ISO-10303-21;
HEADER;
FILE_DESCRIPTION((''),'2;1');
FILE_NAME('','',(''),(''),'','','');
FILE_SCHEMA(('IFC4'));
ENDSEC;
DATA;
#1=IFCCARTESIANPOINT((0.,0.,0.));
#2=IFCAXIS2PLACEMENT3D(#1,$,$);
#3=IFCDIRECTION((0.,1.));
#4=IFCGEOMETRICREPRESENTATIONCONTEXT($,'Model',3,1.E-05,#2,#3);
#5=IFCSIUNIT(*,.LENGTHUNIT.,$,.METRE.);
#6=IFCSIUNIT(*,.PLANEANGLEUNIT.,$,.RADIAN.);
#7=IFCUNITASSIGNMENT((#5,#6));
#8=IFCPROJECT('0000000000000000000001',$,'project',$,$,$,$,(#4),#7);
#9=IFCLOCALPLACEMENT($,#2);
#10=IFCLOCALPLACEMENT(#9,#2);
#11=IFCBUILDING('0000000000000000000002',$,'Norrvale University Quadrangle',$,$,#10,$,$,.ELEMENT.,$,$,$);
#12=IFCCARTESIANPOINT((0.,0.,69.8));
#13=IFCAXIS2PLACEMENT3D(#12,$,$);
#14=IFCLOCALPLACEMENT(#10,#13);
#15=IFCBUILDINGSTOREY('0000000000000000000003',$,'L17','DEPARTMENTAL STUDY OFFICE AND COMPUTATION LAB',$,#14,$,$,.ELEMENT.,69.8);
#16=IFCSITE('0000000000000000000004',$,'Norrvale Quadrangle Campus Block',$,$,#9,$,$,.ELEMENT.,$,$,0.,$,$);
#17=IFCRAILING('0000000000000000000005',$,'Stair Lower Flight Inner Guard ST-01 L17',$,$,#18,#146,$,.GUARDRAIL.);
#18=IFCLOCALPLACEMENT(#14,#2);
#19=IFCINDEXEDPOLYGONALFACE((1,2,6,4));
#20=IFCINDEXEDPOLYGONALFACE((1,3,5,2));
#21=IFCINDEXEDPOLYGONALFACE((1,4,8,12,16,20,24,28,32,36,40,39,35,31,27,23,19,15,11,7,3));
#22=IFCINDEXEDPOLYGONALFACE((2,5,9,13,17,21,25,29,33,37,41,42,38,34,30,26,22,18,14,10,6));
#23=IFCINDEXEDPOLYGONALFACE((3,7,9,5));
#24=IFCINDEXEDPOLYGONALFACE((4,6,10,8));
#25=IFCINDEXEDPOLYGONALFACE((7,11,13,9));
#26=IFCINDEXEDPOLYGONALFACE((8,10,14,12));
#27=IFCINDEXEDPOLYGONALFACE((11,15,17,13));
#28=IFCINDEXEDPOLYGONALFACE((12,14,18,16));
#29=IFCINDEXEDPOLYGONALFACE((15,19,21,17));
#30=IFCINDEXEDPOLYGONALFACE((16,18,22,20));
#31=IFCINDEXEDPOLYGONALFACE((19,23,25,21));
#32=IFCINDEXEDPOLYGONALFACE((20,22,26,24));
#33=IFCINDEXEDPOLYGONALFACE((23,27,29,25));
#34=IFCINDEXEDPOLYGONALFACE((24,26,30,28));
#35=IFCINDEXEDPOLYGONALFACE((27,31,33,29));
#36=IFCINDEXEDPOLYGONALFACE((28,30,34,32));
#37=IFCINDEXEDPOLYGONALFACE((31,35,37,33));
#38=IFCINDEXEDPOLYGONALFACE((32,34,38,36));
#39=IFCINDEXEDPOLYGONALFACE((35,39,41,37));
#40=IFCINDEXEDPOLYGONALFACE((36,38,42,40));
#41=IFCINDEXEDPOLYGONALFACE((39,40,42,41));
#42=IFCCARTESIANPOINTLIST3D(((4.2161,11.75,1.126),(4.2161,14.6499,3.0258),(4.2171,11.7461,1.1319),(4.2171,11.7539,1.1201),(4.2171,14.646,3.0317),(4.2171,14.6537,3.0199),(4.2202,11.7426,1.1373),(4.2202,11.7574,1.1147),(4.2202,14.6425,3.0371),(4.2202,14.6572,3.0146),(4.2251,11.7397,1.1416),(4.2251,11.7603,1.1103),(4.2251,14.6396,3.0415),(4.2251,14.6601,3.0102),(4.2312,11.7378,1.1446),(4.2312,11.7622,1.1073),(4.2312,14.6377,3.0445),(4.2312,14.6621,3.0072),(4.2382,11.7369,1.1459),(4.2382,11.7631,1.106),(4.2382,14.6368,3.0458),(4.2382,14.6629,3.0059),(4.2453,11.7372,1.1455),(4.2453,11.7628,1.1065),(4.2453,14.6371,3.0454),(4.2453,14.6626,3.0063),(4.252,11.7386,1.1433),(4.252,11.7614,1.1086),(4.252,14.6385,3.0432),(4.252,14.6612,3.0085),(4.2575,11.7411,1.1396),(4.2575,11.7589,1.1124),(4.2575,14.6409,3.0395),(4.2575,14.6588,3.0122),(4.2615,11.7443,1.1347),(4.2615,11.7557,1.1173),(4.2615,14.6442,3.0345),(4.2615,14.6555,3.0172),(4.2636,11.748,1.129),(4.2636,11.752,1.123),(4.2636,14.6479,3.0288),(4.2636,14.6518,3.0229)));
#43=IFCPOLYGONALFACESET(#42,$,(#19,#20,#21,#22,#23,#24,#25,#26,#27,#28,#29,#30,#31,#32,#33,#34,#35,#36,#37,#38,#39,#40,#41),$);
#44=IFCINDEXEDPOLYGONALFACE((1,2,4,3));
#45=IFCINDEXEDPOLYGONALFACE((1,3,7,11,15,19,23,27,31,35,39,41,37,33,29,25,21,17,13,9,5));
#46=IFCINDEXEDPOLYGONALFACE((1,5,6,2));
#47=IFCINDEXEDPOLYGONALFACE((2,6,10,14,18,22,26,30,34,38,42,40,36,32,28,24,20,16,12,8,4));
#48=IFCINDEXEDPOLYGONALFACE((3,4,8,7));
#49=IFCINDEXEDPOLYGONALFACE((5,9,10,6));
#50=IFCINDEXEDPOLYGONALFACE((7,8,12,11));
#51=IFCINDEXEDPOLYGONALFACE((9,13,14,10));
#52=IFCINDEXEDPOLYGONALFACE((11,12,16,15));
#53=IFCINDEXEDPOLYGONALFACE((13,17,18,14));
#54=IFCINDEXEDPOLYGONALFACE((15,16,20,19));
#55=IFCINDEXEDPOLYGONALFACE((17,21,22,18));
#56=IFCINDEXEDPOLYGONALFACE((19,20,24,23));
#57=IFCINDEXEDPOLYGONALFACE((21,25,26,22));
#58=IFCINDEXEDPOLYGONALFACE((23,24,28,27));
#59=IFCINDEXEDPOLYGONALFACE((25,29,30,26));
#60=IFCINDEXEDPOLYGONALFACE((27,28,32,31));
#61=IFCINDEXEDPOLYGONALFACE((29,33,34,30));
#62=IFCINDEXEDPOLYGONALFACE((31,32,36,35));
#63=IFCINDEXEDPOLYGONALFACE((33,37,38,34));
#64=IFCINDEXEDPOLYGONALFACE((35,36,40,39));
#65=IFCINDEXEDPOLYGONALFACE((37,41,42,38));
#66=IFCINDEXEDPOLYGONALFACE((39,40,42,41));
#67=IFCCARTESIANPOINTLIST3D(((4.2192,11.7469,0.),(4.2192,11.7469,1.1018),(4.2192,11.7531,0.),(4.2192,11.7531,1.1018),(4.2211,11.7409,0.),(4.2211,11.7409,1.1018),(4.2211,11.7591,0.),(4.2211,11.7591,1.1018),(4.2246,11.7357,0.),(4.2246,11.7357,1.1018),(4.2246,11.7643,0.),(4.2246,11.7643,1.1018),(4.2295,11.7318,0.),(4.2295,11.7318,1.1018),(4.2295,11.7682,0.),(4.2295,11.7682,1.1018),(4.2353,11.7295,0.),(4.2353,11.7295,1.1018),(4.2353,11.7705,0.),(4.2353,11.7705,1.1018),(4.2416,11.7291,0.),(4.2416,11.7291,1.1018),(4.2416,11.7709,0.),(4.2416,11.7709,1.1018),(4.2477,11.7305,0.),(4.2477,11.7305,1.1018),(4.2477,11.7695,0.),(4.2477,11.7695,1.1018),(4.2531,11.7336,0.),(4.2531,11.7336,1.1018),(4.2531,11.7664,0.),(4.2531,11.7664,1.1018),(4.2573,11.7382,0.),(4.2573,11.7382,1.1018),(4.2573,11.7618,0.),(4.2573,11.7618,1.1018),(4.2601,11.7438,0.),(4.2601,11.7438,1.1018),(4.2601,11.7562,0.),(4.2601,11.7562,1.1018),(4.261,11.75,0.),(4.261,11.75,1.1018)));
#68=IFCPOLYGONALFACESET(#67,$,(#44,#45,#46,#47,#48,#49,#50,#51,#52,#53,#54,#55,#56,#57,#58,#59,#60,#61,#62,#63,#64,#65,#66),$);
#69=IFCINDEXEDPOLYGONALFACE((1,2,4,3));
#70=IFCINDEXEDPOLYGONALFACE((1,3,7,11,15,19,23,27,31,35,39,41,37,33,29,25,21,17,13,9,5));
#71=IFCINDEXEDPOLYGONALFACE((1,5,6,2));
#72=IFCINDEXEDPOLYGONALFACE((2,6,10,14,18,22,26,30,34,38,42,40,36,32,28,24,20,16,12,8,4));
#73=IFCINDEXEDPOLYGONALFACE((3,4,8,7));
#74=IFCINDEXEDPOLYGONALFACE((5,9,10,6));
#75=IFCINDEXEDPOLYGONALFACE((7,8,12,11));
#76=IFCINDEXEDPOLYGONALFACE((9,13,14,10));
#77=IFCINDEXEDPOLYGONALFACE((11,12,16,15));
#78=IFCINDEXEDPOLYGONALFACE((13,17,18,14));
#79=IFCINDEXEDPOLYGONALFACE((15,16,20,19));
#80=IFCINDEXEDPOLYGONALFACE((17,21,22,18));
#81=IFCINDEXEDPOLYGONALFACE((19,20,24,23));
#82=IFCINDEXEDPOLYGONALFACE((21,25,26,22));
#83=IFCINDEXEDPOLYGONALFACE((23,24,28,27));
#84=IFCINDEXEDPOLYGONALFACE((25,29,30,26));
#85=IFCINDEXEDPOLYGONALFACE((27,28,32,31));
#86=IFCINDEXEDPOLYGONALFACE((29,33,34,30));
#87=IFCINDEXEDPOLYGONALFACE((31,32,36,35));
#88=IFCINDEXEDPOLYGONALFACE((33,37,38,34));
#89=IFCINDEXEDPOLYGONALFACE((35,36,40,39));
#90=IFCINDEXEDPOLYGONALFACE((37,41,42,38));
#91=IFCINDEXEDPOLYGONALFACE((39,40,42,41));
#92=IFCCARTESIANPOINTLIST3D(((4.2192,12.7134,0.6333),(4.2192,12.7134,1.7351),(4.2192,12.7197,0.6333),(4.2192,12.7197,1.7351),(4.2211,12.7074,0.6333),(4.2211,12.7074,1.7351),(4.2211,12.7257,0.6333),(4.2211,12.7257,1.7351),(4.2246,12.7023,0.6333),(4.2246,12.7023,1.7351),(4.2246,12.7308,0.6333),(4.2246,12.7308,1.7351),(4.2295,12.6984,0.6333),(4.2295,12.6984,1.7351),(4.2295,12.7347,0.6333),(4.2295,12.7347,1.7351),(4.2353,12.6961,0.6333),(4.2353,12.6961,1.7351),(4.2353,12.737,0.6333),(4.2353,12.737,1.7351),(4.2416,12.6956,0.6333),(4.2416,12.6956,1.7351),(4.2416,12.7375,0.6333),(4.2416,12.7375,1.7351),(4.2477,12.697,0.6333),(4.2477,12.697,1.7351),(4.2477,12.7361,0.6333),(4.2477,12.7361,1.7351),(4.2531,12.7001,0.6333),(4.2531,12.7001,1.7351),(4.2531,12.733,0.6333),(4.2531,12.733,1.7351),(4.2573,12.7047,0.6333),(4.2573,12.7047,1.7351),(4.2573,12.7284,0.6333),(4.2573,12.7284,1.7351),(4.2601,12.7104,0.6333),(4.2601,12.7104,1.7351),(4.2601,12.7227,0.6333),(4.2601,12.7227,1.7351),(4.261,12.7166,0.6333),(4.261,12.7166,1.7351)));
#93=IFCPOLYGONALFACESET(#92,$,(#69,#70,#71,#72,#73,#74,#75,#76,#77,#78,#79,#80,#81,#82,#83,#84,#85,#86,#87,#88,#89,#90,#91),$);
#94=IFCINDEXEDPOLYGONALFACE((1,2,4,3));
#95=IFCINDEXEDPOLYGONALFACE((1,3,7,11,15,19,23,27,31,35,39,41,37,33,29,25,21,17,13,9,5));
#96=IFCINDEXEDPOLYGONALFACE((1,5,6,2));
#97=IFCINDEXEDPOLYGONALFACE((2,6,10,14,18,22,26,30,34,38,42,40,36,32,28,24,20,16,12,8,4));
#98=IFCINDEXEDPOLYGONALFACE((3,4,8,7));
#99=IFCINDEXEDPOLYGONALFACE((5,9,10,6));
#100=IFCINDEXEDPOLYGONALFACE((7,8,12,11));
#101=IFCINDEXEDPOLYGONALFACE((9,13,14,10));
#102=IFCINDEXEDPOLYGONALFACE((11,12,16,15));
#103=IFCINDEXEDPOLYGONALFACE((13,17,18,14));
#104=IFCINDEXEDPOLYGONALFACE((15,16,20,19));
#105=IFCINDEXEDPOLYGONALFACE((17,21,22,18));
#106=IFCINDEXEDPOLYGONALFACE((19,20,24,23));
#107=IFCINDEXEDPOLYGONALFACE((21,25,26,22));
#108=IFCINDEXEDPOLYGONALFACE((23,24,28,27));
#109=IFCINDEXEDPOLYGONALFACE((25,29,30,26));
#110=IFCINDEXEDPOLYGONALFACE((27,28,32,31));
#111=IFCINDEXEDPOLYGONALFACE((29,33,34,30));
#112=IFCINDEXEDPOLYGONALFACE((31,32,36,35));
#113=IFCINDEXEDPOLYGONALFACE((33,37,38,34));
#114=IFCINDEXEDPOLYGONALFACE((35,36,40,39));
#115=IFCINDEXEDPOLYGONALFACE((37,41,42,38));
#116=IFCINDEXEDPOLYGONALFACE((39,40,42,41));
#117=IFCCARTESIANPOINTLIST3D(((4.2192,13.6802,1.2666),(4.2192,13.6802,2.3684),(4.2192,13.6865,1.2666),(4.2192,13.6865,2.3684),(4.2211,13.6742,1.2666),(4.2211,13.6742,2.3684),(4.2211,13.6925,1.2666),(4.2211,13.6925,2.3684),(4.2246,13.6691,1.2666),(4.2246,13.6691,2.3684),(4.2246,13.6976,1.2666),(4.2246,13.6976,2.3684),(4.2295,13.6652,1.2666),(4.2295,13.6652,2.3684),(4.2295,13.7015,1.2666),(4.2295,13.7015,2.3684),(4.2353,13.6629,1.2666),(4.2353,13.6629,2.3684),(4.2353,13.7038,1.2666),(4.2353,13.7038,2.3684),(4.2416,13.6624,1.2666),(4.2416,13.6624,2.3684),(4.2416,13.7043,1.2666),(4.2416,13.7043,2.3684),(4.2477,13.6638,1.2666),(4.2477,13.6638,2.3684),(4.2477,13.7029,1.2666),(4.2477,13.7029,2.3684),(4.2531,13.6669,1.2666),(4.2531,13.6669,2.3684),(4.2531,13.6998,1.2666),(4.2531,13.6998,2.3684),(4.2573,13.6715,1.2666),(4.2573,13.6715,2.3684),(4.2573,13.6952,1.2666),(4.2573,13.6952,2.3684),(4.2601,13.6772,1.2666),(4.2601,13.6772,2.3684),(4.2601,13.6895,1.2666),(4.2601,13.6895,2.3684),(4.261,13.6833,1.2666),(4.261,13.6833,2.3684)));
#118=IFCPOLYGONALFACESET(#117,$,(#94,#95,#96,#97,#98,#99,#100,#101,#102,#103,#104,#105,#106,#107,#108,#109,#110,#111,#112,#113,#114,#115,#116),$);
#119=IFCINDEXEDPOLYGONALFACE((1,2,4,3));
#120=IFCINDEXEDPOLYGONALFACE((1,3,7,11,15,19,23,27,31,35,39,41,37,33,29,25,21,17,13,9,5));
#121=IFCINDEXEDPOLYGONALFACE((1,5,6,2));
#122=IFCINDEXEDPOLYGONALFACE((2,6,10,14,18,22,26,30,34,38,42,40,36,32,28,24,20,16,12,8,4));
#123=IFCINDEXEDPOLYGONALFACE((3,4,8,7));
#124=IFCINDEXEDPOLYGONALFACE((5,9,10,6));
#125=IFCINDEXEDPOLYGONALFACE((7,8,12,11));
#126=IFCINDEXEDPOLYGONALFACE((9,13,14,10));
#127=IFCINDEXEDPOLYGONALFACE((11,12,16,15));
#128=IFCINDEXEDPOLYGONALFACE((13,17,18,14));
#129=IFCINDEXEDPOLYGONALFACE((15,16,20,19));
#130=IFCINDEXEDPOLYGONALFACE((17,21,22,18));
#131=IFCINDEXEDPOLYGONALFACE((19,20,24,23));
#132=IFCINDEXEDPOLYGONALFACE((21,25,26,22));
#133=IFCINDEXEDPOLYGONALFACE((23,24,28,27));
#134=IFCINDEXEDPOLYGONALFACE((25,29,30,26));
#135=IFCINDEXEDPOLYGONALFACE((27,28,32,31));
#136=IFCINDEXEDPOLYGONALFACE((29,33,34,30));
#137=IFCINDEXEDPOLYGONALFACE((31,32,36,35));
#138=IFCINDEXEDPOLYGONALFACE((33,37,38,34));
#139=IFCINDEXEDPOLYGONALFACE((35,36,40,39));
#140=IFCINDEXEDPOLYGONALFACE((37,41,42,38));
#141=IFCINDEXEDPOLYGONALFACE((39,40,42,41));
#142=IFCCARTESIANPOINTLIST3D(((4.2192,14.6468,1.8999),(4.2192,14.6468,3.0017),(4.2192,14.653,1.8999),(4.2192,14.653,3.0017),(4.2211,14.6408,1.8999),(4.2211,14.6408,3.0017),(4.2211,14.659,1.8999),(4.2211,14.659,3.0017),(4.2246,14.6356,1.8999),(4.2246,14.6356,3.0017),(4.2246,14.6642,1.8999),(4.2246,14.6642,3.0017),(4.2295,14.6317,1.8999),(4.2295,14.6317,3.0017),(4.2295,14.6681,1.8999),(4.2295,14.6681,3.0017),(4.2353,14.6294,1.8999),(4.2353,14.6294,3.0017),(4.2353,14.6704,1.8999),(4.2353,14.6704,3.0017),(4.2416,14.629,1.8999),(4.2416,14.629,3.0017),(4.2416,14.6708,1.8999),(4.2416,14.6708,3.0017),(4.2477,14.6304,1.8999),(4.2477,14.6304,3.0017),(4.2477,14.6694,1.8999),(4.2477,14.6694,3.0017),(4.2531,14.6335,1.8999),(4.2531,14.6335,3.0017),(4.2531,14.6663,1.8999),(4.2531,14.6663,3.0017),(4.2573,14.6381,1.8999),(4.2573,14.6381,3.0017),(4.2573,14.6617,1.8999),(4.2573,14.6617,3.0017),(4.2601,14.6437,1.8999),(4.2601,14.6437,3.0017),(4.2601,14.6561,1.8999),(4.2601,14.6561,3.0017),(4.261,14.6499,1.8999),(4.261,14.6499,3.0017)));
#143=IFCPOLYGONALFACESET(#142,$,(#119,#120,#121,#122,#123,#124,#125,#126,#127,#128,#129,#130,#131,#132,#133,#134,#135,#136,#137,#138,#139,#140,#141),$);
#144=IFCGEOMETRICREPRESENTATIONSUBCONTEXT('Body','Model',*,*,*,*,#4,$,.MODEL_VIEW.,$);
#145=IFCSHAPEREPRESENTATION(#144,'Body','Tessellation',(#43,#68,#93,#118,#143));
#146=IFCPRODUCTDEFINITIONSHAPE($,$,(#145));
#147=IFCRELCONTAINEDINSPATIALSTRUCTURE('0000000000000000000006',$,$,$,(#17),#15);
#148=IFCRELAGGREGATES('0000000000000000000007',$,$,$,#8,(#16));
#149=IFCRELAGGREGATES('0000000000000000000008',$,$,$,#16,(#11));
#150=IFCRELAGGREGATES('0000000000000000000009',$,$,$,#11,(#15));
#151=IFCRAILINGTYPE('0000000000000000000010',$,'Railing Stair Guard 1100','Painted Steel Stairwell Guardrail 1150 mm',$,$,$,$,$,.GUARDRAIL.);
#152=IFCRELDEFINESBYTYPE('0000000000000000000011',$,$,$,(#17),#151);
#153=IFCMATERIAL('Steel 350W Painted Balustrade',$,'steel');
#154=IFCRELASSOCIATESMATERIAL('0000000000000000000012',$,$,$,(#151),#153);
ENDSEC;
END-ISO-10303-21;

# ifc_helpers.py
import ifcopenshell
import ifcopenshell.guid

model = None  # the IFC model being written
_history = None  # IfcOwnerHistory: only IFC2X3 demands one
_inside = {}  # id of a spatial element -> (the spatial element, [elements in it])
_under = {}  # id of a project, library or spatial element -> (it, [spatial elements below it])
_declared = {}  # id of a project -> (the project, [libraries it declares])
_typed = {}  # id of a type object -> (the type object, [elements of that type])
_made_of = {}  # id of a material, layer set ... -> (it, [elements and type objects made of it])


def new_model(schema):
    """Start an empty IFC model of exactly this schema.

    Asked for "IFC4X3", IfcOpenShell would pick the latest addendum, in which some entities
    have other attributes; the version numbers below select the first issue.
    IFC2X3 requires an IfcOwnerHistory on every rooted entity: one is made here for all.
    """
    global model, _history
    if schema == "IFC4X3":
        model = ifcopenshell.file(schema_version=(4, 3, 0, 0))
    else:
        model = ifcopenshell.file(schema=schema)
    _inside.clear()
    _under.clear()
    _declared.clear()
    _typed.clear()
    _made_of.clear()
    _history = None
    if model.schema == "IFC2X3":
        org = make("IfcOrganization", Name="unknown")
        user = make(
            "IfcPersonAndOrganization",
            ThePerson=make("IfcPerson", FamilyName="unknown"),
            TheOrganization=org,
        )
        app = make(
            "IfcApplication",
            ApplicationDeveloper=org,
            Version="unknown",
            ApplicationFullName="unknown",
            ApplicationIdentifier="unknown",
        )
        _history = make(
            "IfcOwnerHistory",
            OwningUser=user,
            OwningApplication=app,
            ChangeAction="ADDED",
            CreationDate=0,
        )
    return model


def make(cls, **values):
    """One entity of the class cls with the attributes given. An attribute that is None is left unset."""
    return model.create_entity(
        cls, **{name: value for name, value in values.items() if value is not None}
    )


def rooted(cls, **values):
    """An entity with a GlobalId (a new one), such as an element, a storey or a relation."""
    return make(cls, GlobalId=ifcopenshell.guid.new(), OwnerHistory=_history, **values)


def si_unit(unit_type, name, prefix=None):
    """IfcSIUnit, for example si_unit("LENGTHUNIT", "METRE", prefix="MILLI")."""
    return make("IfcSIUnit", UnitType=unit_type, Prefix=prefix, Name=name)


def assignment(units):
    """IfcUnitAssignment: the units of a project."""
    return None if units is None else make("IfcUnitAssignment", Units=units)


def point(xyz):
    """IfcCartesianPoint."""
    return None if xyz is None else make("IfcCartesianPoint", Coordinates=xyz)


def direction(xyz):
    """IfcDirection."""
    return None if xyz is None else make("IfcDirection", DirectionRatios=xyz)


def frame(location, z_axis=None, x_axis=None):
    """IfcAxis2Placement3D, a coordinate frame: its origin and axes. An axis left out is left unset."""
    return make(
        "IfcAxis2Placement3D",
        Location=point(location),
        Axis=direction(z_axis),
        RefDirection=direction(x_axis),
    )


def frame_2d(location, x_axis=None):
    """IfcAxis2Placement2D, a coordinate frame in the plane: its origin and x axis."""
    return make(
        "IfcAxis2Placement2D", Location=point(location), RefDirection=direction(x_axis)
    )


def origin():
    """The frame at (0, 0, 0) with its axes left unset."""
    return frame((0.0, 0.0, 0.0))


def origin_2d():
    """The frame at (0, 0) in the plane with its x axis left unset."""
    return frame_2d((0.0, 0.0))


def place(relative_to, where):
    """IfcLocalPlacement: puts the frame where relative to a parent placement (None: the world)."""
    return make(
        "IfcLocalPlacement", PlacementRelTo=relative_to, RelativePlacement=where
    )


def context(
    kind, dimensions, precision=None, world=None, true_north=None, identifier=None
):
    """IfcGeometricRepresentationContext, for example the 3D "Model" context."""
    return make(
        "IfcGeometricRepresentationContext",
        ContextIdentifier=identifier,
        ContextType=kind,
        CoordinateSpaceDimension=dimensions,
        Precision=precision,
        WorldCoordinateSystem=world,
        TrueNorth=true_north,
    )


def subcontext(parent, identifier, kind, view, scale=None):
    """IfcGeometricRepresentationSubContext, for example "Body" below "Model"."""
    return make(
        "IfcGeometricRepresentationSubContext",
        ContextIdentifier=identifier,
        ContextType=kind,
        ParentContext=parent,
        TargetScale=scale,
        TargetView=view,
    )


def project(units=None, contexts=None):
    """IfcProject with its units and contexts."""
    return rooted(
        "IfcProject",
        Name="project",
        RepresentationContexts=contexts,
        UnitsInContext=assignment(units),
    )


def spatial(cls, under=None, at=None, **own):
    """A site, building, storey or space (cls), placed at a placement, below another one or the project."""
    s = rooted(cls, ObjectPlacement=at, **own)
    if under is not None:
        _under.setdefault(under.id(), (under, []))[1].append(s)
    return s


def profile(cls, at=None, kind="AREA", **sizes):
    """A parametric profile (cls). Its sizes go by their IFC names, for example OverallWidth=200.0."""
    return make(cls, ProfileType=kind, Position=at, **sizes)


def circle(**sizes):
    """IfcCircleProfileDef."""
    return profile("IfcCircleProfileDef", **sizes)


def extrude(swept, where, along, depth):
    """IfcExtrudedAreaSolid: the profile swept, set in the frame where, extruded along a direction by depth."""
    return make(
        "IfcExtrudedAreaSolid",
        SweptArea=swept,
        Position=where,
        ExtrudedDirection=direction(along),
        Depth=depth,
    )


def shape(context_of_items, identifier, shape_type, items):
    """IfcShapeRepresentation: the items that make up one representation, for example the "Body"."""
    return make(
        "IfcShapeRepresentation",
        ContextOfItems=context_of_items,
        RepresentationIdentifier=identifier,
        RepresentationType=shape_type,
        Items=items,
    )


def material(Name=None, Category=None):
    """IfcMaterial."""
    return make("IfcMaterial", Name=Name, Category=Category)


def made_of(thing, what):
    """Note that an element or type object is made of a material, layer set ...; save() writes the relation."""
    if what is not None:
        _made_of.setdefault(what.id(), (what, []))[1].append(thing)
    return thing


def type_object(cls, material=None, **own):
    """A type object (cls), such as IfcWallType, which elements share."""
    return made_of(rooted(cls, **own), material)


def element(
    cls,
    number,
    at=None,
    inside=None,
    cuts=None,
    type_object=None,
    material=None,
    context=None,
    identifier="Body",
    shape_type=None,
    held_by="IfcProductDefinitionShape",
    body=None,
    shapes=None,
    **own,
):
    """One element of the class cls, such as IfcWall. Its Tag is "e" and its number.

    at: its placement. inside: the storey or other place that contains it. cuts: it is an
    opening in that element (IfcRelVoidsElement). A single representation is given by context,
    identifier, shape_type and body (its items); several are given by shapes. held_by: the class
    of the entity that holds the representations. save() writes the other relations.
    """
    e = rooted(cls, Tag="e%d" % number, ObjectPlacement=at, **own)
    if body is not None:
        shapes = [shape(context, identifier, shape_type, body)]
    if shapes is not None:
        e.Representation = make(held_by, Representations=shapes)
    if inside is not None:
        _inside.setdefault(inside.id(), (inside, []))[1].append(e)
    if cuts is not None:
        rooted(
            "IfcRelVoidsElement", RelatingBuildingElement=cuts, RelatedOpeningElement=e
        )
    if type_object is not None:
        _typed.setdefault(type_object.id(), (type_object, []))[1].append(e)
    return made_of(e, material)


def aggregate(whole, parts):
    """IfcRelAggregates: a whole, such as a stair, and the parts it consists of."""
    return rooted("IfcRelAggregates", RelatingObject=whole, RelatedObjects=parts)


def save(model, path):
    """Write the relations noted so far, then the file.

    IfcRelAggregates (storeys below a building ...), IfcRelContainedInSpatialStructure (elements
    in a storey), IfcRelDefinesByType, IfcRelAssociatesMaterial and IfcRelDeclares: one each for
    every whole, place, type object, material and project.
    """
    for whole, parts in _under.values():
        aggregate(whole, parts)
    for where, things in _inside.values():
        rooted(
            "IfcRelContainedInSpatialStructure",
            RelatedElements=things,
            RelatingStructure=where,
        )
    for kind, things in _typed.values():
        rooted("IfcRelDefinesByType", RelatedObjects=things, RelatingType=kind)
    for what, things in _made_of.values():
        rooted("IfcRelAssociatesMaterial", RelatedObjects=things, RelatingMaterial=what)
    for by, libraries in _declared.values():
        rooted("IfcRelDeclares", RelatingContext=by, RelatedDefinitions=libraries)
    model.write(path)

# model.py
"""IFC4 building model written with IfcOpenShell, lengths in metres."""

from ifc_helpers import new_model, si_unit, direction, frame, origin, origin_2d, place, context, subcontext, project, spatial, circle, extrude, material, type_object, element, save


model = new_model("IFC4")

# Units and contexts
model_context = context("Model", 3, precision=1e-05, world=origin(), true_north=direction((0.0, 1.0)))
body_context = subcontext(model_context, "Body", "Model", "MODEL_VIEW")
ifc_project = project(units=[si_unit("LENGTHUNIT", "METRE"), si_unit("PLANEANGLEUNIT", "RADIAN")], contexts=[model_context])

# Site, building, storey
site_placement = place(None, origin())
site = spatial("IfcSite", under=ifc_project, at=site_placement, Name="Norrvale Quadrangle Campus Block", CompositionType="ELEMENT", RefElevation=0.0)
building_placement = place(site_placement, origin())
building = spatial("IfcBuilding", under=site, at=building_placement, Name="Norrvale University Quadrangle", CompositionType="ELEMENT")
storey_placement = place(building_placement, frame((0.0, 0.0, 69.8)))
storey = spatial("IfcBuildingStorey", under=building, at=storey_placement, Name="L17", Description="DEPARTMENTAL STUDY OFFICE AND COMPUTATION LAB", CompositionType="ELEMENT", Elevation=69.8)

# Railing
ifc_material_1 = material(Name="Steel 350W Painted Balustrade", Category="steel")
railing_type_1 = type_object("IfcRailingType", Name="Railing Stair Guard 1100", Description="Painted Steel Stairwell Guardrail 1150 mm", PredefinedType="GUARDRAIL", material=ifc_material_1)
railing_1_placement = place(storey_placement, frame((4.24, 11.75, 0.0)))
element("IfcRailing", 1, at=railing_1_placement, inside=storey, type_object=railing_type_1, Name="Stair Lower Flight Inner Guard ST-01 L17", PredefinedType="GUARDRAIL", context=body_context, shape_type="SweptSolid", body=[
    extrude(circle(Radius=0.0239, at=origin_2d()), frame((0.0, 0.0, 1.126), z_axis=(0.0, 0.836466, 0.548019), x_axis=(-1.0, 0.0, 0.0)), (0.0, 0.0, 1.0), 3.4668),
    extrude(circle(Radius=0.021, at=origin_2d()), origin(), (0.0, 0.0, 1.0), 1.1018),
    extrude(circle(Radius=0.021, at=origin_2d()), frame((0.0, 0.9666, 0.6333)), (0.0, 0.0, 1.0), 1.1018),
    extrude(circle(Radius=0.021, at=origin_2d()), frame((0.0, 1.9333, 1.2666)), (0.0, 0.0, 1.0), 1.1018),
    extrude(circle(Radius=0.021, at=origin_2d()), frame((0.0, 2.8999, 1.8999)), (0.0, 0.0, 1.0), 1.1018),
])

save(model, "model.ifc")
